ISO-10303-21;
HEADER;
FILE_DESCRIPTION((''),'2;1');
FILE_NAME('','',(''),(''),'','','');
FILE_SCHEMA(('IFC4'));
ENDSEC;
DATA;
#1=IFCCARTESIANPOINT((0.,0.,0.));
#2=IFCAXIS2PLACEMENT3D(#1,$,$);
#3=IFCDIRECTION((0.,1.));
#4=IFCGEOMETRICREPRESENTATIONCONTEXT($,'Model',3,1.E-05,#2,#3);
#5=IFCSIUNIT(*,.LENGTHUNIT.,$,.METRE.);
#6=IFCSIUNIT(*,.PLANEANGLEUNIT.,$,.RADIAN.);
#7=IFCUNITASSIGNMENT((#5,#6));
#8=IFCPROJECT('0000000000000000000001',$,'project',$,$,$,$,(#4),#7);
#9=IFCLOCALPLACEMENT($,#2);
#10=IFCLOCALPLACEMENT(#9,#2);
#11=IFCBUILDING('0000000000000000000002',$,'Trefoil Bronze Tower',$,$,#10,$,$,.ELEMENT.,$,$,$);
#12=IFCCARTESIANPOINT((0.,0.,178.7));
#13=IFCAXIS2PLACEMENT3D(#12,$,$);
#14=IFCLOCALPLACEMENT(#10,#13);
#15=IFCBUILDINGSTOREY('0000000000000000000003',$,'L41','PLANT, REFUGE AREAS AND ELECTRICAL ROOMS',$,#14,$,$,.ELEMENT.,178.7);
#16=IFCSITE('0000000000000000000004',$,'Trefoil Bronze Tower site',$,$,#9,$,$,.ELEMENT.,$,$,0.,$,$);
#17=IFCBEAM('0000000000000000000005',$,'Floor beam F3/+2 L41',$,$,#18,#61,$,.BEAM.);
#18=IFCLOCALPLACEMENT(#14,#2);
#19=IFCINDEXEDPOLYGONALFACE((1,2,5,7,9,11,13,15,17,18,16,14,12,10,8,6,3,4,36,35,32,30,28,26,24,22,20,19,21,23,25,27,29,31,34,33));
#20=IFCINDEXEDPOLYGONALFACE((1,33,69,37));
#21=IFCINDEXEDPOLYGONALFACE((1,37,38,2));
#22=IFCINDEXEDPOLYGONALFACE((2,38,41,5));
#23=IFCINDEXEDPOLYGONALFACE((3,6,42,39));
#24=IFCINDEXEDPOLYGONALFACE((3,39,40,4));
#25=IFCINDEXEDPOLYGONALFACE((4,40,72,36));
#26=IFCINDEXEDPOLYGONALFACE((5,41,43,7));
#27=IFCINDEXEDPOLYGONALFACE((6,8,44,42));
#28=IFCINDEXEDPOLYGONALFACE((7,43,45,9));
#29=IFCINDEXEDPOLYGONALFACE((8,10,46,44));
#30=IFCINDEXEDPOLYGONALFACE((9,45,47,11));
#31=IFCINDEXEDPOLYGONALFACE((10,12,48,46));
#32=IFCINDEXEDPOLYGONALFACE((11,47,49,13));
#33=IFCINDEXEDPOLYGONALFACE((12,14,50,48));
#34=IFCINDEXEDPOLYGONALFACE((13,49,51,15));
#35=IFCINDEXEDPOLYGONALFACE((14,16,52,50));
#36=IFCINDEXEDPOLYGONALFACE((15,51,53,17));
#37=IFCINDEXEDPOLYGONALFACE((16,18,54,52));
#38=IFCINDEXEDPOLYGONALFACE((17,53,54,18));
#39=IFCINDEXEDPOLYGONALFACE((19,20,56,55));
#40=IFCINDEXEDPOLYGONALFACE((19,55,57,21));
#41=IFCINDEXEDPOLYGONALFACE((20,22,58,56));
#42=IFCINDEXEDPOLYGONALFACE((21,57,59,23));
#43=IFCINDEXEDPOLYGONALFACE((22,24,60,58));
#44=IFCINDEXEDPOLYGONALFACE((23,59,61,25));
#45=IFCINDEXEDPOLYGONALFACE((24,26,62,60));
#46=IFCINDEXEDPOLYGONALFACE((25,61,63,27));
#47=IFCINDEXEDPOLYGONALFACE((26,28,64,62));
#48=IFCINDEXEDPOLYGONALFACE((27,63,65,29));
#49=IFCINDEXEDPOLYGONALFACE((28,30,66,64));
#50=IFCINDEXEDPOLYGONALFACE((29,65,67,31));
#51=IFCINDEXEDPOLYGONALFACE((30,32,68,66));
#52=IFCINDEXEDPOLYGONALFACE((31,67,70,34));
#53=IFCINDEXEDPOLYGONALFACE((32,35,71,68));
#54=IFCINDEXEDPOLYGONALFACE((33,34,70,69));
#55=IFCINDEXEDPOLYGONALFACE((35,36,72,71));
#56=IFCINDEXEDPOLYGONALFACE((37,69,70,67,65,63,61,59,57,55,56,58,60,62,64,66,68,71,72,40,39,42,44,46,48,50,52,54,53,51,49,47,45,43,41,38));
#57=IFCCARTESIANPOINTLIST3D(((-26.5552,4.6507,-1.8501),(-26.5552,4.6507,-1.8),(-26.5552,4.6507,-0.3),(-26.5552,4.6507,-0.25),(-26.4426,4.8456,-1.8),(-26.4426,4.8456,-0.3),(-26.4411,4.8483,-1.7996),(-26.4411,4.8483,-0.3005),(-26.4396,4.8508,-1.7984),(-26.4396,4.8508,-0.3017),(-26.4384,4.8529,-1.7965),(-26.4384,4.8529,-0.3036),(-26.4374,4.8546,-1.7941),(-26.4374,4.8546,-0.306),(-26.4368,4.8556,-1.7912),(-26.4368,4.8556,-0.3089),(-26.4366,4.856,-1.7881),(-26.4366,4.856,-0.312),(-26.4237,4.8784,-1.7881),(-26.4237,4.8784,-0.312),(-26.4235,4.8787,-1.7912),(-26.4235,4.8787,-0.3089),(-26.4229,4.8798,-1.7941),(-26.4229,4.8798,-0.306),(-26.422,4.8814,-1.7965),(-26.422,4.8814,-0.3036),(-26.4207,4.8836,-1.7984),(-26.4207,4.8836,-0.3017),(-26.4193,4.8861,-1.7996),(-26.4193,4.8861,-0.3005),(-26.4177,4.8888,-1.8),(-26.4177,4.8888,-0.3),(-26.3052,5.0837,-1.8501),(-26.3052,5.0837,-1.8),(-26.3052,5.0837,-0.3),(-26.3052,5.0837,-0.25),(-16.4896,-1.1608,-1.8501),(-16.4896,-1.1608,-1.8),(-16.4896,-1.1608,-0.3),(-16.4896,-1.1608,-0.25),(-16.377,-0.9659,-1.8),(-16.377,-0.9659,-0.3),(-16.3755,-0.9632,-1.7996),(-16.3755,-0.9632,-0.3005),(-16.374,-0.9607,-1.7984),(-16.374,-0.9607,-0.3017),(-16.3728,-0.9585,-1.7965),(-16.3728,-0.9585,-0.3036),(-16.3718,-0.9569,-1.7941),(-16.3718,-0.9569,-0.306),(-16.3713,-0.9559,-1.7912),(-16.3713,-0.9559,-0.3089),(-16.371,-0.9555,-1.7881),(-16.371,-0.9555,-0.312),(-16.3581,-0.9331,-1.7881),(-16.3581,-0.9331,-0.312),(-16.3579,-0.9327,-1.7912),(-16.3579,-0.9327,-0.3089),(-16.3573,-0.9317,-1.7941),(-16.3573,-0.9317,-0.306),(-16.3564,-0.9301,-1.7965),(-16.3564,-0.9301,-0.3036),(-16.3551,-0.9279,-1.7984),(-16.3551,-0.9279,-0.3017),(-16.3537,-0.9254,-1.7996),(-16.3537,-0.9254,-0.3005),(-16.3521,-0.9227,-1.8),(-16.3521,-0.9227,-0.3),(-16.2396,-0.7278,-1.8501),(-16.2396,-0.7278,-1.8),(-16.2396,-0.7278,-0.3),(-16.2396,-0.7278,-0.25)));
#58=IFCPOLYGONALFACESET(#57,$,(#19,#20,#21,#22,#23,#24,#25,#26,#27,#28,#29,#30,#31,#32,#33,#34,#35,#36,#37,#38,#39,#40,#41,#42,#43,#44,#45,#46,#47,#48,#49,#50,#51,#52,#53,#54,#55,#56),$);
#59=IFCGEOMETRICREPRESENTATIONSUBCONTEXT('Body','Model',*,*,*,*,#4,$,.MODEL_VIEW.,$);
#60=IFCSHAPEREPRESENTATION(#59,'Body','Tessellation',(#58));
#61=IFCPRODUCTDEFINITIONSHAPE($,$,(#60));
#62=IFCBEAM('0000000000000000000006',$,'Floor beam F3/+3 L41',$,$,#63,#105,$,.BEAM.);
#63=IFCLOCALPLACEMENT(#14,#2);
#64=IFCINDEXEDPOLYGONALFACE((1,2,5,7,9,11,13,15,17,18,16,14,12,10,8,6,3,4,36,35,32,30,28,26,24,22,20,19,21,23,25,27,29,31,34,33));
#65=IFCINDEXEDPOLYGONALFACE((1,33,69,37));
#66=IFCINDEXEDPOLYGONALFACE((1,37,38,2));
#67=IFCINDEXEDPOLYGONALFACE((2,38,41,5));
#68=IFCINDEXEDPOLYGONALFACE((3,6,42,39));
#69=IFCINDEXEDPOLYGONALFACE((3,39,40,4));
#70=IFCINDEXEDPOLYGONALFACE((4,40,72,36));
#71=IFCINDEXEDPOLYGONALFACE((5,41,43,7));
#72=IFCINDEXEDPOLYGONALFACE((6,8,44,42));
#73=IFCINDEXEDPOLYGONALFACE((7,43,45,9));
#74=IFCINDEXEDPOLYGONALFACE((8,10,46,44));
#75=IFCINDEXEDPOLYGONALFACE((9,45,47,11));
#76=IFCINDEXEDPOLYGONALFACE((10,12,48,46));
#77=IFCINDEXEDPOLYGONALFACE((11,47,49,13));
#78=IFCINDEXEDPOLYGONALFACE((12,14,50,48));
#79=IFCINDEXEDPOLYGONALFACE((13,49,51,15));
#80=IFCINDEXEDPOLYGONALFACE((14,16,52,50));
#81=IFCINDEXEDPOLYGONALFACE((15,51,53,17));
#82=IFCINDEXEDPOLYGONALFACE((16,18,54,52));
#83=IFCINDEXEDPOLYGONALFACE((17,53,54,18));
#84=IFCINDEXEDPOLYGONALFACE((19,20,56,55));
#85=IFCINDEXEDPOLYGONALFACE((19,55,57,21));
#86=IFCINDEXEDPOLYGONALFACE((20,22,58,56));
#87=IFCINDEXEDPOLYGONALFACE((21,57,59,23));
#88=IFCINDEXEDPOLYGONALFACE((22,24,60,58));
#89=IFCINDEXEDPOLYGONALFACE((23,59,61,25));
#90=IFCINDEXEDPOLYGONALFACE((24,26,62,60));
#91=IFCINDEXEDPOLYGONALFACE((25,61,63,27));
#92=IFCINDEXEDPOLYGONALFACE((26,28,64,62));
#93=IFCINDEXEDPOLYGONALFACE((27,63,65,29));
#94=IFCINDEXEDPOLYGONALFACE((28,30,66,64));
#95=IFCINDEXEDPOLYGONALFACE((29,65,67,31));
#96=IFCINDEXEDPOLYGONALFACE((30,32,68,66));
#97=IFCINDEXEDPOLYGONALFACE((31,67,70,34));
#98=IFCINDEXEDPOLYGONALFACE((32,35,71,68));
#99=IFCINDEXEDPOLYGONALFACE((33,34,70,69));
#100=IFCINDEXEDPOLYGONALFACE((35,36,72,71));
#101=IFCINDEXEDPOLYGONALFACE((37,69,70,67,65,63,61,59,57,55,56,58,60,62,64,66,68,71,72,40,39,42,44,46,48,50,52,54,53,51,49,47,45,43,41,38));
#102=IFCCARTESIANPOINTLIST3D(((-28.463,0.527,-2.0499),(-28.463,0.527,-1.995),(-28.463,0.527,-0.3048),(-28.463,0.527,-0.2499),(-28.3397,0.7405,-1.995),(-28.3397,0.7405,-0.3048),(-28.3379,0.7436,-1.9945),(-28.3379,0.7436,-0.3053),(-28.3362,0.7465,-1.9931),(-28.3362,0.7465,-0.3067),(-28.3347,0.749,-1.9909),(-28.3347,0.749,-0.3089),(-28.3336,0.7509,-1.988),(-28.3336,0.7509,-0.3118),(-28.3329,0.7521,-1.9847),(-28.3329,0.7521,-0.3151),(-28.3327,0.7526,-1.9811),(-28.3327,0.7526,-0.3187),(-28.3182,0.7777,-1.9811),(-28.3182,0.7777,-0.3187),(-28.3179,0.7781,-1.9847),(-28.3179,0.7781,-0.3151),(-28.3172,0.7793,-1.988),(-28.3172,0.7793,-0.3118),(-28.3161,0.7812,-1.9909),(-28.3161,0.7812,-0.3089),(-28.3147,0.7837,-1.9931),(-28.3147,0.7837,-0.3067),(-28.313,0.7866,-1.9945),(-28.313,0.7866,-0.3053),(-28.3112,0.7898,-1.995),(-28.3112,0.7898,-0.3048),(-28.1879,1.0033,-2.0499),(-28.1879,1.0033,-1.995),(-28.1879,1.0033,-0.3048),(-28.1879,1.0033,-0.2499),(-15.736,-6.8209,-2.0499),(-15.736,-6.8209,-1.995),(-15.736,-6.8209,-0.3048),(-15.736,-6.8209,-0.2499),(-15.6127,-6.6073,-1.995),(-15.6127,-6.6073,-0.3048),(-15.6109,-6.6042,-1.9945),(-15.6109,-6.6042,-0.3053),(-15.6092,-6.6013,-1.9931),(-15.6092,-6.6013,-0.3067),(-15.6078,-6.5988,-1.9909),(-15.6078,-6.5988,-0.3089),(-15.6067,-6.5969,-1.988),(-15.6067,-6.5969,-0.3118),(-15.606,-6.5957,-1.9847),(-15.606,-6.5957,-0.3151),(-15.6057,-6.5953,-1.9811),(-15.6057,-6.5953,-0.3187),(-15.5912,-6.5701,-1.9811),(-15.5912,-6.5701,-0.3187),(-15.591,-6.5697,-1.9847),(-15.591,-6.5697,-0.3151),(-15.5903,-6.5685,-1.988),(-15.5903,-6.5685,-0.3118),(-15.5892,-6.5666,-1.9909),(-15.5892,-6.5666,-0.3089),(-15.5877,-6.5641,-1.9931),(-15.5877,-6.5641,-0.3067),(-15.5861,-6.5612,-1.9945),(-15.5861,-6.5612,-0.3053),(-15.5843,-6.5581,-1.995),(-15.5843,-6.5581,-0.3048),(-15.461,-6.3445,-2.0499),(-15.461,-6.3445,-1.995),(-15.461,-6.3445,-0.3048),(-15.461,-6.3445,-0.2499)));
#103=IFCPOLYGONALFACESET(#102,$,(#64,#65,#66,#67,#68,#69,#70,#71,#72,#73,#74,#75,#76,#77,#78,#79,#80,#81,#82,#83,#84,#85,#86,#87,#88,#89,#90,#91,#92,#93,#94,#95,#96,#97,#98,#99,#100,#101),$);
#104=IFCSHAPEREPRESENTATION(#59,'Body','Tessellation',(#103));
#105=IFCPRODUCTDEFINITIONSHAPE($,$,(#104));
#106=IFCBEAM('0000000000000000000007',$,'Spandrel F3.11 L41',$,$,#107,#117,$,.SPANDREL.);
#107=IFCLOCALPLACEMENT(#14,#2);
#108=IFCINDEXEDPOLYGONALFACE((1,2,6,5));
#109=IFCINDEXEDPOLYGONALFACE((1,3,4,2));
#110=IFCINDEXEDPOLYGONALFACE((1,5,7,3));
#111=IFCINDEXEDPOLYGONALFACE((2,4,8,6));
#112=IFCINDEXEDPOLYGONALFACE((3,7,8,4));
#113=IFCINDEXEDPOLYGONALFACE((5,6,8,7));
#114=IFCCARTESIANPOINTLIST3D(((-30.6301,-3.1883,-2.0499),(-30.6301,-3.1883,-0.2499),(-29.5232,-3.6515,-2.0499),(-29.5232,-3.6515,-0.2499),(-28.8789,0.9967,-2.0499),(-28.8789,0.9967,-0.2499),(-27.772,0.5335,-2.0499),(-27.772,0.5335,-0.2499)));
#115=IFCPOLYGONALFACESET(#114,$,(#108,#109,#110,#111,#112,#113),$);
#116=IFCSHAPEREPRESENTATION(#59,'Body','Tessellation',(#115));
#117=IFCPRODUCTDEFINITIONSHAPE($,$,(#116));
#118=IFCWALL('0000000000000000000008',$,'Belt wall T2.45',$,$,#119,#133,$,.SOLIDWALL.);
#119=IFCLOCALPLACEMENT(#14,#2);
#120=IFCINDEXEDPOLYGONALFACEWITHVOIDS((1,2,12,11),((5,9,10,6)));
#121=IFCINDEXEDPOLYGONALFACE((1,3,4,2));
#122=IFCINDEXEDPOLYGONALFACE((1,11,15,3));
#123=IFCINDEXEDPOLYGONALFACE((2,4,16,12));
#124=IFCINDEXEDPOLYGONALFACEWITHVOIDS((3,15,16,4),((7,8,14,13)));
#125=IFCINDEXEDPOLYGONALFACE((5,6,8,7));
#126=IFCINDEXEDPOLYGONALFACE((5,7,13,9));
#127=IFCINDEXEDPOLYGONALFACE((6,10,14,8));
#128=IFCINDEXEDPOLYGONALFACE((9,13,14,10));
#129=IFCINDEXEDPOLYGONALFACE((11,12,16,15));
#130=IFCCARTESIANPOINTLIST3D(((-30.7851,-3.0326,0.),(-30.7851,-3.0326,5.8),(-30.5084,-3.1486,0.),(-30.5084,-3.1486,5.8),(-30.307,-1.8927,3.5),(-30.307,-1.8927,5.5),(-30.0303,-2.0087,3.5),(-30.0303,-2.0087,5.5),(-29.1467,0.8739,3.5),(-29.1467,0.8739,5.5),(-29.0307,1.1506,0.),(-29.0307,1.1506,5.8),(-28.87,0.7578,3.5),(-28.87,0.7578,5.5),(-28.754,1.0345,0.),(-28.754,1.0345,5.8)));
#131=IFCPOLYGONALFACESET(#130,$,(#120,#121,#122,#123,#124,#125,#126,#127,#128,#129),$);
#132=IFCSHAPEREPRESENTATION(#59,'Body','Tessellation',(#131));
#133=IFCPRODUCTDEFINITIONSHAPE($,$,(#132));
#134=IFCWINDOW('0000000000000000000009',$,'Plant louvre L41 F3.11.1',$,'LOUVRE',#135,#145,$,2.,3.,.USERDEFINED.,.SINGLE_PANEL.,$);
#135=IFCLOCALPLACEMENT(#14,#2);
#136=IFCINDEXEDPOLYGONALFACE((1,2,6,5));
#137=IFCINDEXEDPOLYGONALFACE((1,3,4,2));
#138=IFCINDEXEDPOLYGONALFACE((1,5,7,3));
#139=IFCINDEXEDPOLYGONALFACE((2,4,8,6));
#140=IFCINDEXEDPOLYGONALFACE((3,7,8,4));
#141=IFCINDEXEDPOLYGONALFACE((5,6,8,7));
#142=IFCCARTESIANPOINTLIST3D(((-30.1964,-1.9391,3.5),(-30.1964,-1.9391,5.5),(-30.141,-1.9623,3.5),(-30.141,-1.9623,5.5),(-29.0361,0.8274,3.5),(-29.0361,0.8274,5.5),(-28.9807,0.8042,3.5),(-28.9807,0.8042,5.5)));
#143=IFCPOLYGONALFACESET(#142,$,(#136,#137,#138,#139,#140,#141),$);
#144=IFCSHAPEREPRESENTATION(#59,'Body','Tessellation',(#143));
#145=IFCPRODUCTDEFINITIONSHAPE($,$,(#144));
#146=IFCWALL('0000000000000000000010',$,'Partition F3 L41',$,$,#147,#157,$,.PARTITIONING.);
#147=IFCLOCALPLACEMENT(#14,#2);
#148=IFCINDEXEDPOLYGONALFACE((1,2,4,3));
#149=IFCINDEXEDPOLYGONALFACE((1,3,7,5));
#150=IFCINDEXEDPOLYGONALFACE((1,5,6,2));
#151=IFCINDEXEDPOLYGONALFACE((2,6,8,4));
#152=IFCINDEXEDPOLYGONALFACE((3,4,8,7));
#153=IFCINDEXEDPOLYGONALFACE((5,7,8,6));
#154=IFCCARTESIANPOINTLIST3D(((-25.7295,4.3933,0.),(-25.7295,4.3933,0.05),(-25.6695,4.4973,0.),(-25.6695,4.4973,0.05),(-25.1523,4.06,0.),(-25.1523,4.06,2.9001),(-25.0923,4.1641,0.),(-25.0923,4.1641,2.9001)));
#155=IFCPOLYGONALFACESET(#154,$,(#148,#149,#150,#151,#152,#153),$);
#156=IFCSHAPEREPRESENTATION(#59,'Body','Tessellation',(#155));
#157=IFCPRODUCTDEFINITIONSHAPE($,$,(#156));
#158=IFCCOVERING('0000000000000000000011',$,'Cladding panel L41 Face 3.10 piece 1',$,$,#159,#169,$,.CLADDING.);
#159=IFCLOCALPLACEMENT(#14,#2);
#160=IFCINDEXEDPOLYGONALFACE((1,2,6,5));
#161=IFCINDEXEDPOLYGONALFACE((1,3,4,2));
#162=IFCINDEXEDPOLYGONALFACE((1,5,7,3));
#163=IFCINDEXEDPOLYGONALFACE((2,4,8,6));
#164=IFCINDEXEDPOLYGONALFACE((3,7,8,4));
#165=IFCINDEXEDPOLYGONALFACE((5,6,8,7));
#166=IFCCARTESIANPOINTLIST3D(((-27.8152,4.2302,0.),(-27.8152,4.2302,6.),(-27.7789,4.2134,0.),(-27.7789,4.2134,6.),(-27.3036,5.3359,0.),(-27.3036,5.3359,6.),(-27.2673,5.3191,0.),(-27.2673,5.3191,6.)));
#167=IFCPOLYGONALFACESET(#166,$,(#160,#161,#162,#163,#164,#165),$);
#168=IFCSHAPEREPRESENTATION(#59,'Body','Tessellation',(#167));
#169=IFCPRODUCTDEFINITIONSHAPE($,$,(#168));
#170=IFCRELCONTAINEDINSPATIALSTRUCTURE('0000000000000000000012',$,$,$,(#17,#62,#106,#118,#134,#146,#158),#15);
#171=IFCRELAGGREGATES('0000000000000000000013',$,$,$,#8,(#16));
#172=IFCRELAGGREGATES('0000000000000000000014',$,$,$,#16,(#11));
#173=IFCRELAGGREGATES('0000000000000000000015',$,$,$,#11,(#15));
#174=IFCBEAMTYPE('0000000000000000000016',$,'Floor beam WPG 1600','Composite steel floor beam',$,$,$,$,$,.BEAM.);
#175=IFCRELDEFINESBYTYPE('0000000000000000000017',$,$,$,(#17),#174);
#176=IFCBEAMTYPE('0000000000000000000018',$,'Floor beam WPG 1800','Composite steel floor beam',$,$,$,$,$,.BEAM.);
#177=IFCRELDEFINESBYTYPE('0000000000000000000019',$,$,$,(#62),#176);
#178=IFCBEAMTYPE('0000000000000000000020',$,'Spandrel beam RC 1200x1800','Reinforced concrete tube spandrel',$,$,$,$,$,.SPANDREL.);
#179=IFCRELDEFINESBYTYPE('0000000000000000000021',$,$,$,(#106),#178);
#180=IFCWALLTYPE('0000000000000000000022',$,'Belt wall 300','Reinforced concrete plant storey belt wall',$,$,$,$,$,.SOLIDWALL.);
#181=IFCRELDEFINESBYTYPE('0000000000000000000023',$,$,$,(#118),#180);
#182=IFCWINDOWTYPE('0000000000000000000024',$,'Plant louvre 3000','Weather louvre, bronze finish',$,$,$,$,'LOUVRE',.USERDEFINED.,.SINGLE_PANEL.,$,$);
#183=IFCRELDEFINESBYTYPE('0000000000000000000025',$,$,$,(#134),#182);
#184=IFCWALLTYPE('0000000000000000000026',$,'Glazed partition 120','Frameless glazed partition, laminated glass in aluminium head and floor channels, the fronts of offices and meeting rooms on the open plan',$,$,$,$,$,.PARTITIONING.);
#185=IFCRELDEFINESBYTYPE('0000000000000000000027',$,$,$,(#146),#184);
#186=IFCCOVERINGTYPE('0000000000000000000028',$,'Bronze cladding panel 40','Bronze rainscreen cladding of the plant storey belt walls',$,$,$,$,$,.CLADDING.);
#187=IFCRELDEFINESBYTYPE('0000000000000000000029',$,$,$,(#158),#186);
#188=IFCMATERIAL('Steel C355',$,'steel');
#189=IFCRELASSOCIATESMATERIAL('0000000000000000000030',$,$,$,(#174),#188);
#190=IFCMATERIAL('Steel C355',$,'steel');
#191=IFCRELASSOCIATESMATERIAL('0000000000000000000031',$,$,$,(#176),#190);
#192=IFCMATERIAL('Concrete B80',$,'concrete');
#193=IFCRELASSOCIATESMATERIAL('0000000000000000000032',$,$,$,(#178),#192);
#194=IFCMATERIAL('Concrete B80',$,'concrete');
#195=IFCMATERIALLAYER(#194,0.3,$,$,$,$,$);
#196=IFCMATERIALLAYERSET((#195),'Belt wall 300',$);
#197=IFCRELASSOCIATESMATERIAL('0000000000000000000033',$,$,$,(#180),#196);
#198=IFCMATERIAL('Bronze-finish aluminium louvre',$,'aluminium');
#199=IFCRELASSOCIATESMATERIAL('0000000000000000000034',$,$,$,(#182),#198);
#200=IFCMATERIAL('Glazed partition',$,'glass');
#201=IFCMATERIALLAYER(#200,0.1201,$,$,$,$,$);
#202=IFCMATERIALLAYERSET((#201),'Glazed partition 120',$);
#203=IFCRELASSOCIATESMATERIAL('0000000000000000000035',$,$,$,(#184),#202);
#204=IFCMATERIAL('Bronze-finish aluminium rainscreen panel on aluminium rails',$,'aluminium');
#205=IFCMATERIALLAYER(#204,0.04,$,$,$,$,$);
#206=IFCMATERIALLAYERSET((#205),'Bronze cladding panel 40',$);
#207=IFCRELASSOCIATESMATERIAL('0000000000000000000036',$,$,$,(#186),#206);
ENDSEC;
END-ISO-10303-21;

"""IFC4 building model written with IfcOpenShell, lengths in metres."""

from ifc_helpers import new_model, si_unit, direction, frame, frame_2d, origin, origin_2d, place, context, subcontext, project, spatial, polyline, rectangle, i_section, outline, extrude, material, layer, layer_set, material_profile, profile_set, type_object, element, fill, save


model = new_model("IFC4")

# Units and contexts
model_context = context("Model", 3, precision=1e-05, world=origin(), true_north=direction((0.0, 1.0)))
body_context = subcontext(model_context, "Body", "Model", "MODEL_VIEW")
ifc_project = project(units=[si_unit("LENGTHUNIT", "METRE"), si_unit("PLANEANGLEUNIT", "RADIAN")], contexts=[model_context])

# Site, building, storey
site_placement = place(None, origin())
site = spatial("IfcSite", under=ifc_project, at=site_placement, Name="Trefoil Bronze Tower site", CompositionType="ELEMENT", RefElevation=0.0)
building_placement = place(site_placement, origin())
building = spatial("IfcBuilding", under=site, at=building_placement, Name="Trefoil Bronze Tower", CompositionType="ELEMENT")
storey_placement = place(building_placement, frame((0.0, 0.0, 178.7)))
storey = spatial("IfcBuildingStorey", under=building, at=storey_placement, Name="L41", Description="PLANT, REFUGE AREAS AND ELECTRICAL ROOMS", CompositionType="ELEMENT", Elevation=178.7)

# Beams
ifc_material_1 = material(Name="Steel C355", Category="steel")
ifc_material_profile_1 = material_profile(ifc_material_1, i_section(OverallWidth=0.5, OverallDepth=1.6001, WebThickness=0.0259, FlangeThickness=0.05, FilletRadius=0.012, at=origin_2d()), Name="WPG 1600")
ifc_profile_set_1 = profile_set([ifc_material_profile_1], Name="Steel C355")
beam_type_1 = type_object("IfcBeamType", Name="Floor beam WPG 1600", Description="Composite steel floor beam", PredefinedType="BEAM", material=ifc_profile_set_1)
beam_1_placement = place(storey_placement, frame((-26.4302, 4.8672, -1.05), z_axis=(0.866022, -0.500007, 0.0), x_axis=(0.500007, 0.866022, 0.0)))
element("IfcBeam", 1, at=beam_1_placement, inside=storey, type_object=beam_type_1, Name="Floor beam F3/+2 L41", PredefinedType="BEAM", context=body_context, shape_type="SweptSolid", body=[
    extrude(i_section(OverallWidth=0.5, OverallDepth=1.6001, WebThickness=0.0259, FlangeThickness=0.05, FilletRadius=0.012, at=origin_2d()), origin(), (0.0, 0.0, 1.0), 11.6228),
])
ifc_material_2 = material(Name="Steel C355", Category="steel")
ifc_material_profile_2 = material_profile(ifc_material_2, i_section(OverallWidth=0.55, OverallDepth=1.8, WebThickness=0.0291, FlangeThickness=0.0549, FilletRadius=0.0139, at=origin_2d()), Name="WPG 1800")
ifc_profile_set_2 = profile_set([ifc_material_profile_2], Name="Steel C355")
beam_type_2 = type_object("IfcBeamType", Name="Floor beam WPG 1800", Description="Composite steel floor beam", PredefinedType="BEAM", material=ifc_profile_set_2)
beam_2_placement = place(storey_placement, frame((-28.3254, 0.7651, -1.1499), z_axis=(0.866027, -0.499997, 0.0), x_axis=(0.499997, 0.866027, 0.0)))
element("IfcBeam", 2, at=beam_2_placement, inside=storey, type_object=beam_type_2, Name="Floor beam F3/+3 L41", PredefinedType="BEAM", context=body_context, shape_type="SweptSolid", body=[
    extrude(i_section(OverallWidth=0.55, OverallDepth=1.8, WebThickness=0.0291, FlangeThickness=0.0549, FilletRadius=0.0139, at=origin_2d()), origin(), (0.0, 0.0, 1.0), 14.6958),
])
ifc_material_3 = material(Name="Concrete B80", Category="concrete")
ifc_material_profile_3 = material_profile(ifc_material_3, rectangle(XDim=1.2, YDim=1.8, at=origin_2d()), Name="RC 1200x1800")
ifc_profile_set_3 = profile_set([ifc_material_profile_3], Name="Concrete B80")
beam_type_3 = type_object("IfcBeamType", Name="Spandrel beam RC 1200x1800", Description="Reinforced concrete tube spandrel", PredefinedType="SPANDREL", material=ifc_profile_set_3)
beam_3_placement = place(storey_placement, frame((-28.3254, 0.7651, -1.1499), z_axis=(-0.386013, -0.922493, 0.0), x_axis=(0.922493, -0.386013, 0.0)))
element("IfcBeam", 3, at=beam_3_placement, inside=storey, type_object=beam_type_3, Name="Spandrel F3.11 L41", PredefinedType="SPANDREL", context=body_context, shape_type="SweptSolid", body=[
    extrude(rectangle(XDim=1.2, YDim=1.8, at=origin_2d()), origin(), (0.0, 0.0, 1.0), 4.5366),
])

# Wall, opening, window
ifc_material_4 = material(Name="Concrete B80", Category="concrete")
ifc_layer_1 = layer(ifc_material_4, 0.3)
ifc_layer_set_1 = layer_set([ifc_layer_1], Name="Belt wall 300")
wall_type_1 = type_object("IfcWallType", Name="Belt wall 300", Description="Reinforced concrete plant storey belt wall", PredefinedType="SOLIDWALL", material=ifc_layer_set_1)
wall_1_placement = place(storey_placement, frame((-28.8923, 1.0925, 0.0), z_axis=(0.0, 0.0, 1.0), x_axis=(-0.386762, -0.92218, 0.0)))
wall_1 = element("IfcWall", 4, at=wall_1_placement, inside=storey, type_object=wall_type_1, Name="Belt wall T2.45", PredefinedType="SOLIDWALL", context=body_context, shape_type="SweptSolid", body=[
    extrude(rectangle(XDim=4.5361, YDim=0.3, at=frame_2d((2.2681, 0.0))), origin(), (0.0, 0.0, 1.0), 5.8),
])
opening_placement = place(wall_1_placement, frame((0.3, 0.0, 3.5)))
opening = element("IfcOpeningElement", 5, at=opening_placement, cuts=wall_1, PredefinedType="OPENING", context=body_context, shape_type="SweptSolid", body=[
    extrude(rectangle(XDim=3.0, YDim=2.0, at=frame_2d((1.5, 1.0))), frame((0.0, 0.1599, 0.0), z_axis=(0.0, -1.0, 0.0), x_axis=(1.0, 0.0, 0.0)), (0.0, 0.0, 1.0), 0.3201),
])
ifc_material_5 = material(Name="Bronze-finish aluminium louvre", Category="aluminium")
window_type = type_object("IfcWindowType", Name="Plant louvre 3000", Description="Weather louvre, bronze finish", ElementType="LOUVRE", PartitioningType="SINGLE_PANEL", PredefinedType="USERDEFINED", material=ifc_material_5)
window_placement = place(opening_placement, origin())
window = element("IfcWindow", 6, at=window_placement, inside=storey, type_object=window_type, Name="Plant louvre L41 F3.11.1", ObjectType="LOUVRE", OverallHeight=2.0, OverallWidth=3.0, PartitioningType="SINGLE_PANEL", PredefinedType="USERDEFINED", context=body_context, shape_type="SweptSolid", body=[
    extrude(rectangle(XDim=3.0, YDim=2.0, at=frame_2d((1.5, 1.0))), frame((0.0, 0.03, 0.0), z_axis=(0.0, -1.0, 0.0), x_axis=(1.0, 0.0, 0.0)), (0.0, 0.0, 1.0), 0.0601),
])
fill(opening, window)

# Wall
ifc_material_6 = material(Name="Glazed partition", Category="glass")
ifc_layer_2 = layer(ifc_material_6, 0.1201)
ifc_layer_set_2 = layer_set([ifc_layer_2], Name="Glazed partition 120")
wall_type_2 = type_object("IfcWallType", Name="Glazed partition 120", Description="Frameless glazed partition, laminated glass in aluminium head and floor channels, the fronts of offices and meeting rooms on the open plan", PredefinedType="PARTITIONING", material=ifc_layer_set_2)
wall_2_placement = place(storey_placement, frame((-25.1223, 4.1121, 0.0), z_axis=(0.0, 0.0, 1.0), x_axis=(-0.866003, 0.50004, 0.0)))
element("IfcWall", 7, at=wall_2_placement, inside=storey, type_object=wall_type_2, Name="Partition F3 L41", PredefinedType="PARTITIONING", context=body_context, shape_type="SweptSolid", body=[
    extrude(outline(polyline([(0.0, 0.0), (0.6665, 0.0), (0.6665, 0.05), (0.0, 2.9001), (0.0, 0.0)])), frame((0.0, 0.0601, 0.0), z_axis=(0.0, -1.0, 0.0), x_axis=(1.0, 0.0, 0.0)), (0.0, 0.0, 1.0), 0.1201),
])

# Covering
ifc_material_7 = material(Name="Bronze-finish aluminium rainscreen panel on aluminium rails", Category="aluminium")
ifc_layer_3 = layer(ifc_material_7, 0.04)
ifc_layer_set_3 = layer_set([ifc_layer_3], Name="Bronze cladding panel 40")
covering_type_1 = type_object("IfcCoveringType", Name="Bronze cladding panel 40", Description="Bronze rainscreen cladding of the plant storey belt walls", PredefinedType="CLADDING", material=ifc_layer_set_3)
covering_1_placement = place(storey_placement, frame((-27.5413, 4.7747, 0.0), z_axis=(0.0, 0.0, 1.0), x_axis=(-0.419933, -0.907555, 0.0)))
element("IfcCovering", 8, at=covering_1_placement, inside=storey, type_object=covering_type_1, Name="Cladding panel L41 Face 3.10 piece 1", PredefinedType="CLADDING", context=body_context, shape_type="SweptSolid", body=[
    extrude(rectangle(XDim=1.2183, YDim=0.04, at=origin_2d()), origin(), (0.0, 0.0, 1.0), 6.0),
])

save(model, "model.ifc")
